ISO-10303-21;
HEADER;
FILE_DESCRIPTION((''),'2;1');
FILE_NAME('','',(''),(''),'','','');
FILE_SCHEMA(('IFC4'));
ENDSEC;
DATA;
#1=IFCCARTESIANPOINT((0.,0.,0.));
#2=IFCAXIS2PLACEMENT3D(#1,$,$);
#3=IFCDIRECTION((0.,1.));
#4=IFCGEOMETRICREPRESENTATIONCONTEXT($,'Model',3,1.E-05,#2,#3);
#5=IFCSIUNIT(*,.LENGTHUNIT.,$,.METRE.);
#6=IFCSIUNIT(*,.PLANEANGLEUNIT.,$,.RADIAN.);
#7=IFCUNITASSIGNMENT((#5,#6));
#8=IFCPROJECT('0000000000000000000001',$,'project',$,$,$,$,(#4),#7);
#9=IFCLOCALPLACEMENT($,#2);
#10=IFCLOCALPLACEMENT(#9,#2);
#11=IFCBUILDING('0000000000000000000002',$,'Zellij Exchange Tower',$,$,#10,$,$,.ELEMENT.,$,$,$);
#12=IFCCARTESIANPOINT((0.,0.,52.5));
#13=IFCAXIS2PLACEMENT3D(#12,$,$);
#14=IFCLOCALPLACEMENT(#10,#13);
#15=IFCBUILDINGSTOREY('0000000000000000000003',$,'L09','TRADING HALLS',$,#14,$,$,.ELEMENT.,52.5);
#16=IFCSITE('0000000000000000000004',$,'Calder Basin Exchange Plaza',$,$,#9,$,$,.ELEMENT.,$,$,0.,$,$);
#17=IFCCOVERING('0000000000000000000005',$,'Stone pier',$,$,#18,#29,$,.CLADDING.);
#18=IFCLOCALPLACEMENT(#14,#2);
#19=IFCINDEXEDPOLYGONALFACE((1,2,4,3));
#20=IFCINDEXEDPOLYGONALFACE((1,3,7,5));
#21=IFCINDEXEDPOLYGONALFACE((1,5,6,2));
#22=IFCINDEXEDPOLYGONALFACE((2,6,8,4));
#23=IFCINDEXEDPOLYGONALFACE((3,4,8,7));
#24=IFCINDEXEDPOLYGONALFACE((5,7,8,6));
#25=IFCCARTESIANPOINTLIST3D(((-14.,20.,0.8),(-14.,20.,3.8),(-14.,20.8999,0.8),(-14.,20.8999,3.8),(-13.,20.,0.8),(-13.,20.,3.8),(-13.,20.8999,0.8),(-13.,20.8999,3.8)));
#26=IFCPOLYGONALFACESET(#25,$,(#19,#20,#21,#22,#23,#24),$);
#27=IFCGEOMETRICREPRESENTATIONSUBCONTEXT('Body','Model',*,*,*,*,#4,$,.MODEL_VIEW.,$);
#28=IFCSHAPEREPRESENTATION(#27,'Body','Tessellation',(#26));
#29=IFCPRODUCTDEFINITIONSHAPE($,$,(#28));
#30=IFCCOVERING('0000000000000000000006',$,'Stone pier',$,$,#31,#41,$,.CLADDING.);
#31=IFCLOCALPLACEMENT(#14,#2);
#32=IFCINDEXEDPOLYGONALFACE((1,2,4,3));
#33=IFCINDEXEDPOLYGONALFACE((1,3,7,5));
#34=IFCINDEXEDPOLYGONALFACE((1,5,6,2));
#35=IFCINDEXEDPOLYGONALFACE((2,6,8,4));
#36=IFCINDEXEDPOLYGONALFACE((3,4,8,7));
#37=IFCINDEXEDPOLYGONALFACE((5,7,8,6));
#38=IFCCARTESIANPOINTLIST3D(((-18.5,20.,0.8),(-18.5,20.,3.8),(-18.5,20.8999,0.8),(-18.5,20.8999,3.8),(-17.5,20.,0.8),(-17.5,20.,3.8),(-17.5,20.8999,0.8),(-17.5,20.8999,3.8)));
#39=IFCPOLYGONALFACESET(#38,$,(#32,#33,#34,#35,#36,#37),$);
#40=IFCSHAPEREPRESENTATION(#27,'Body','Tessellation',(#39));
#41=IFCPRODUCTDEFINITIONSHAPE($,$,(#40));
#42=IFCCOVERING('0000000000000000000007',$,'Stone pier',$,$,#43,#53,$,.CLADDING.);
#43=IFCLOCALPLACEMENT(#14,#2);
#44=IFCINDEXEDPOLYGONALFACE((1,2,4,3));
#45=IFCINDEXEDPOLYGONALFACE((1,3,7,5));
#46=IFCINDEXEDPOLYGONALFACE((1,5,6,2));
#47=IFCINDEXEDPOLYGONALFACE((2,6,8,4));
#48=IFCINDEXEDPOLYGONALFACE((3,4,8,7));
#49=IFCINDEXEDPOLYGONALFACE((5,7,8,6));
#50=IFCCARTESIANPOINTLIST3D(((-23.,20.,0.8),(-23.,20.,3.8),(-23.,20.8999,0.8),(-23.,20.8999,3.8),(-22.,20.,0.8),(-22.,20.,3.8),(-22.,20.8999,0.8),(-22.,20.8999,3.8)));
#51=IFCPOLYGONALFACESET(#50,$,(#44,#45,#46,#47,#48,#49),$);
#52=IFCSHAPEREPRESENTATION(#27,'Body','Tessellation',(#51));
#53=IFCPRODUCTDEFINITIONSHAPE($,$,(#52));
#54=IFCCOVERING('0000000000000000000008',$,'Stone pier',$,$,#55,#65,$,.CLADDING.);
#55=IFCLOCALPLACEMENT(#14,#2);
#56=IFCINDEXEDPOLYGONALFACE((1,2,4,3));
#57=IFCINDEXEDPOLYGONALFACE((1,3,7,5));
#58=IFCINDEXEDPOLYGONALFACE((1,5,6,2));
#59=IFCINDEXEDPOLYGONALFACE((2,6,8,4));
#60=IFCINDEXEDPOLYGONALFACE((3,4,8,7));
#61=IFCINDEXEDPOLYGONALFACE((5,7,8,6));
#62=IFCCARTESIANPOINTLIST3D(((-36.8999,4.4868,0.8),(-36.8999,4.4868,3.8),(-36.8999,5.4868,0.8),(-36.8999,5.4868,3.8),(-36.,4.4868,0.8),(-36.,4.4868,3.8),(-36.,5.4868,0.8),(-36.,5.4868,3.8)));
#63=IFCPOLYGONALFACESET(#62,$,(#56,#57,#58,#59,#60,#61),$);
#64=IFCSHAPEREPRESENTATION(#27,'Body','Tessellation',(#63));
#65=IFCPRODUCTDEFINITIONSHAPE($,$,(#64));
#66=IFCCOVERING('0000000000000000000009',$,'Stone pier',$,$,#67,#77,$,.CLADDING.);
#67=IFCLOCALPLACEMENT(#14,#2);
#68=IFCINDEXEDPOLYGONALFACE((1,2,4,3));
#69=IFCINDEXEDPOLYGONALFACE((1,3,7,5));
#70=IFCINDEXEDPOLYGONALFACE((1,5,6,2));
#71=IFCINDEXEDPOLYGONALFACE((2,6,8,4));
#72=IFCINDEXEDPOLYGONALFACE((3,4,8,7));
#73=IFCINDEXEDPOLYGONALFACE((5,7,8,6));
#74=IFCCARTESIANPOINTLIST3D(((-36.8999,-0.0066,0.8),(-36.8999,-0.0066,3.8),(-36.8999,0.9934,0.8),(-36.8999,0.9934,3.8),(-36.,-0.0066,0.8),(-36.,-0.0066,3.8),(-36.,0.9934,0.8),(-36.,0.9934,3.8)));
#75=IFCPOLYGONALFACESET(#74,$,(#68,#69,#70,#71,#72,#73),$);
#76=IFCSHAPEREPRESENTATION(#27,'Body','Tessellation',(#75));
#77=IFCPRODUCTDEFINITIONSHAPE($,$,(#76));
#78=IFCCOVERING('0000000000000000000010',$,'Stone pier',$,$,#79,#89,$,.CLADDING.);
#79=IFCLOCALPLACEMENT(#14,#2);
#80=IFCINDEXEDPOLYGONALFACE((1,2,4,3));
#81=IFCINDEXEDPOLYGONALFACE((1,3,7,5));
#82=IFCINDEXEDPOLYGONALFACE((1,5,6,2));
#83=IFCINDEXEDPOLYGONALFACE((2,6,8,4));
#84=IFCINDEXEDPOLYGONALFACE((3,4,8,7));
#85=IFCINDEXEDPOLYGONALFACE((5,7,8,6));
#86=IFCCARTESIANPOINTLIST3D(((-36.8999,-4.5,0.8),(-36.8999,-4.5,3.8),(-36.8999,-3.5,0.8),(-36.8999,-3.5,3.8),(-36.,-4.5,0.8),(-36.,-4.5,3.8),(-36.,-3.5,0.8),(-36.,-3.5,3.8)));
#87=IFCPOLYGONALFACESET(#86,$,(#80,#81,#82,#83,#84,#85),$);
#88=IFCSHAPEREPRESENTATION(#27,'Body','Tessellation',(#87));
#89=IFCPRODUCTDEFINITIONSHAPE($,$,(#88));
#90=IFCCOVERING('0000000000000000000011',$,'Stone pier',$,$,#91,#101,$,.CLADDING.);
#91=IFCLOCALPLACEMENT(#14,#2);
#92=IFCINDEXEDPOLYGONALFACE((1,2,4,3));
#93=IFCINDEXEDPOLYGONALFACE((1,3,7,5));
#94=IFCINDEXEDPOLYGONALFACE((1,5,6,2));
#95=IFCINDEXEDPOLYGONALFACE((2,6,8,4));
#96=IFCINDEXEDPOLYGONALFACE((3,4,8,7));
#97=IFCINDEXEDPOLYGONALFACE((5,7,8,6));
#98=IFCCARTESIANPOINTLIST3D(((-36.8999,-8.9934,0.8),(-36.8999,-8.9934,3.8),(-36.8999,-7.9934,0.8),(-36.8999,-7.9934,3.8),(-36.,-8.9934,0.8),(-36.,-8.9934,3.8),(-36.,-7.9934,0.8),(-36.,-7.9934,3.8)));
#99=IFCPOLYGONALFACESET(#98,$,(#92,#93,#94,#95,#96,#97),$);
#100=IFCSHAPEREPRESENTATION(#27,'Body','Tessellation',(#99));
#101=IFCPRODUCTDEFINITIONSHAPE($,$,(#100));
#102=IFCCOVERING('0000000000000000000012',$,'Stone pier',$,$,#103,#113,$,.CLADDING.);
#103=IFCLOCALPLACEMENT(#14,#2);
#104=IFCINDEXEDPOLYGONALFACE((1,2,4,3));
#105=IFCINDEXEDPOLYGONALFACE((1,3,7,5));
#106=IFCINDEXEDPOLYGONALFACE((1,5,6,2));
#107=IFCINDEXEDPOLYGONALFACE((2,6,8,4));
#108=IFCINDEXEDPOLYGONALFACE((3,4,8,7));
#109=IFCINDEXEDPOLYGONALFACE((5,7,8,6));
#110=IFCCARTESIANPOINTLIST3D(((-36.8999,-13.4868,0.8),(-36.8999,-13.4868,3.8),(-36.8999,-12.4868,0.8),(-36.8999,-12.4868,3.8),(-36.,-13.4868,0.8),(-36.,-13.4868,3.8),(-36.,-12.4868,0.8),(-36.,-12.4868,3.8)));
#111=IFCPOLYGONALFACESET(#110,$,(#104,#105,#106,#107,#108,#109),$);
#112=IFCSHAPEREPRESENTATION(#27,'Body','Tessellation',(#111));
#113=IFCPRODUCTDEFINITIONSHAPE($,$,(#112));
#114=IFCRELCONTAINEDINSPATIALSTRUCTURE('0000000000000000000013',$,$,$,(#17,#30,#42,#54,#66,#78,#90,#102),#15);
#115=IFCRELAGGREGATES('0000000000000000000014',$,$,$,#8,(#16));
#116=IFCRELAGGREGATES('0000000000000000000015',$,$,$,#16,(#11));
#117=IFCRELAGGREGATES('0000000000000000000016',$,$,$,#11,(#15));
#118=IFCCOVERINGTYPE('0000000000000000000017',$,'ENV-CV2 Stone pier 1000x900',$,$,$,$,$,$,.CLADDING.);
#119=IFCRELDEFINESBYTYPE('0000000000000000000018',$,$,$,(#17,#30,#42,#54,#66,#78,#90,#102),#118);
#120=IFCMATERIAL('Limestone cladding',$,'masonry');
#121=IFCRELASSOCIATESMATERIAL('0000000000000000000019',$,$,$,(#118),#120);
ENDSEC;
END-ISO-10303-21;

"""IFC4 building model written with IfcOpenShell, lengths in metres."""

from ifc_helpers import new_model, si_unit, direction, frame, origin, place, context, subcontext, project, spatial, polyline, outline, extrude, material, type_object, element, save


model = new_model("IFC4")

# Units and contexts
model_context = context("Model", 3, precision=1e-05, world=origin(), true_north=direction((0.0, 1.0)))
body_context = subcontext(model_context, "Body", "Model", "MODEL_VIEW")
ifc_project = project(units=[si_unit("LENGTHUNIT", "METRE"), si_unit("PLANEANGLEUNIT", "RADIAN")], contexts=[model_context])

# Site, building, storey
site_placement = place(None, origin())
site = spatial("IfcSite", under=ifc_project, at=site_placement, Name="Calder Basin Exchange Plaza", CompositionType="ELEMENT", RefElevation=0.0)
building_placement = place(site_placement, origin())
building = spatial("IfcBuilding", under=site, at=building_placement, Name="Zellij Exchange Tower", CompositionType="ELEMENT")
storey_placement = place(building_placement, frame((0.0, 0.0, 52.5)))
storey = spatial("IfcBuildingStorey", under=building, at=storey_placement, Name="L09", Description="TRADING HALLS", CompositionType="ELEMENT", Elevation=52.5)

# Coverings
ifc_material_1 = material(Name="Limestone cladding", Category="masonry")
covering_type = type_object("IfcCoveringType", Name="ENV-CV2 Stone pier 1000x900", PredefinedType="CLADDING", material=ifc_material_1)
covering_1_placement = place(storey_placement, frame((0.0, 0.0, 0.8)))
element("IfcCovering", 1, at=covering_1_placement, inside=storey, type_object=covering_type, Name="Stone pier", PredefinedType="CLADDING", context=body_context, shape_type="SweptSolid", body=[
    extrude(outline(polyline([(-13.0, 20.0), (-14.0, 20.0), (-14.0, 20.8999), (-13.0, 20.8999), (-13.0, 20.0)])), origin(), (0.0, 0.0, 1.0), 3.0),
])
covering_2_placement = place(storey_placement, frame((0.0, 0.0, 0.8)))
element("IfcCovering", 2, at=covering_2_placement, inside=storey, type_object=covering_type, Name="Stone pier", PredefinedType="CLADDING", context=body_context, shape_type="SweptSolid", body=[
    extrude(outline(polyline([(-17.5, 20.0), (-18.5, 20.0), (-18.5, 20.8999), (-17.5, 20.8999), (-17.5, 20.0)])), origin(), (0.0, 0.0, 1.0), 3.0),
])
covering_3_placement = place(storey_placement, frame((0.0, 0.0, 0.8)))
element("IfcCovering", 3, at=covering_3_placement, inside=storey, type_object=covering_type, Name="Stone pier", PredefinedType="CLADDING", context=body_context, shape_type="SweptSolid", body=[
    extrude(outline(polyline([(-22.0, 20.0), (-23.0, 20.0), (-23.0, 20.8999), (-22.0, 20.8999), (-22.0, 20.0)])), origin(), (0.0, 0.0, 1.0), 3.0),
])
covering_4_placement = place(storey_placement, frame((0.0, 0.0, 0.8)))
element("IfcCovering", 4, at=covering_4_placement, inside=storey, type_object=covering_type, Name="Stone pier", PredefinedType="CLADDING", context=body_context, shape_type="SweptSolid", body=[
    extrude(outline(polyline([(-36.0, 5.4868), (-36.0, 4.4868), (-36.8999, 4.4868), (-36.8999, 5.4868), (-36.0, 5.4868)])), origin(), (0.0, 0.0, 1.0), 3.0),
])
covering_5_placement = place(storey_placement, frame((0.0, 0.0, 0.8)))
element("IfcCovering", 5, at=covering_5_placement, inside=storey, type_object=covering_type, Name="Stone pier", PredefinedType="CLADDING", context=body_context, shape_type="SweptSolid", body=[
    extrude(outline(polyline([(-36.0, 0.9934), (-36.0, -0.0066), (-36.8999, -0.0066), (-36.8999, 0.9934), (-36.0, 0.9934)])), origin(), (0.0, 0.0, 1.0), 3.0),
])
covering_6_placement = place(storey_placement, frame((0.0, 0.0, 0.8)))
element("IfcCovering", 6, at=covering_6_placement, inside=storey, type_object=covering_type, Name="Stone pier", PredefinedType="CLADDING", context=body_context, shape_type="SweptSolid", body=[
    extrude(outline(polyline([(-36.0, -3.5), (-36.0, -4.5), (-36.8999, -4.5), (-36.8999, -3.5), (-36.0, -3.5)])), origin(), (0.0, 0.0, 1.0), 3.0),
])
covering_7_placement = place(storey_placement, frame((0.0, 0.0, 0.8)))
element("IfcCovering", 7, at=covering_7_placement, inside=storey, type_object=covering_type, Name="Stone pier", PredefinedType="CLADDING", context=body_context, shape_type="SweptSolid", body=[
    extrude(outline(polyline([(-36.0, -7.9934), (-36.0, -8.9934), (-36.8999, -8.9934), (-36.8999, -7.9934), (-36.0, -7.9934)])), origin(), (0.0, 0.0, 1.0), 3.0),
])
covering_8_placement = place(storey_placement, frame((0.0, 0.0, 0.8)))
element("IfcCovering", 8, at=covering_8_placement, inside=storey, type_object=covering_type, Name="Stone pier", PredefinedType="CLADDING", context=body_context, shape_type="SweptSolid", body=[
    extrude(outline(polyline([(-36.0, -12.4868), (-36.0, -13.4868), (-36.8999, -13.4868), (-36.8999, -12.4868), (-36.0, -12.4868)])), origin(), (0.0, 0.0, 1.0), 3.0),
])

save(model, "model.ifc")
